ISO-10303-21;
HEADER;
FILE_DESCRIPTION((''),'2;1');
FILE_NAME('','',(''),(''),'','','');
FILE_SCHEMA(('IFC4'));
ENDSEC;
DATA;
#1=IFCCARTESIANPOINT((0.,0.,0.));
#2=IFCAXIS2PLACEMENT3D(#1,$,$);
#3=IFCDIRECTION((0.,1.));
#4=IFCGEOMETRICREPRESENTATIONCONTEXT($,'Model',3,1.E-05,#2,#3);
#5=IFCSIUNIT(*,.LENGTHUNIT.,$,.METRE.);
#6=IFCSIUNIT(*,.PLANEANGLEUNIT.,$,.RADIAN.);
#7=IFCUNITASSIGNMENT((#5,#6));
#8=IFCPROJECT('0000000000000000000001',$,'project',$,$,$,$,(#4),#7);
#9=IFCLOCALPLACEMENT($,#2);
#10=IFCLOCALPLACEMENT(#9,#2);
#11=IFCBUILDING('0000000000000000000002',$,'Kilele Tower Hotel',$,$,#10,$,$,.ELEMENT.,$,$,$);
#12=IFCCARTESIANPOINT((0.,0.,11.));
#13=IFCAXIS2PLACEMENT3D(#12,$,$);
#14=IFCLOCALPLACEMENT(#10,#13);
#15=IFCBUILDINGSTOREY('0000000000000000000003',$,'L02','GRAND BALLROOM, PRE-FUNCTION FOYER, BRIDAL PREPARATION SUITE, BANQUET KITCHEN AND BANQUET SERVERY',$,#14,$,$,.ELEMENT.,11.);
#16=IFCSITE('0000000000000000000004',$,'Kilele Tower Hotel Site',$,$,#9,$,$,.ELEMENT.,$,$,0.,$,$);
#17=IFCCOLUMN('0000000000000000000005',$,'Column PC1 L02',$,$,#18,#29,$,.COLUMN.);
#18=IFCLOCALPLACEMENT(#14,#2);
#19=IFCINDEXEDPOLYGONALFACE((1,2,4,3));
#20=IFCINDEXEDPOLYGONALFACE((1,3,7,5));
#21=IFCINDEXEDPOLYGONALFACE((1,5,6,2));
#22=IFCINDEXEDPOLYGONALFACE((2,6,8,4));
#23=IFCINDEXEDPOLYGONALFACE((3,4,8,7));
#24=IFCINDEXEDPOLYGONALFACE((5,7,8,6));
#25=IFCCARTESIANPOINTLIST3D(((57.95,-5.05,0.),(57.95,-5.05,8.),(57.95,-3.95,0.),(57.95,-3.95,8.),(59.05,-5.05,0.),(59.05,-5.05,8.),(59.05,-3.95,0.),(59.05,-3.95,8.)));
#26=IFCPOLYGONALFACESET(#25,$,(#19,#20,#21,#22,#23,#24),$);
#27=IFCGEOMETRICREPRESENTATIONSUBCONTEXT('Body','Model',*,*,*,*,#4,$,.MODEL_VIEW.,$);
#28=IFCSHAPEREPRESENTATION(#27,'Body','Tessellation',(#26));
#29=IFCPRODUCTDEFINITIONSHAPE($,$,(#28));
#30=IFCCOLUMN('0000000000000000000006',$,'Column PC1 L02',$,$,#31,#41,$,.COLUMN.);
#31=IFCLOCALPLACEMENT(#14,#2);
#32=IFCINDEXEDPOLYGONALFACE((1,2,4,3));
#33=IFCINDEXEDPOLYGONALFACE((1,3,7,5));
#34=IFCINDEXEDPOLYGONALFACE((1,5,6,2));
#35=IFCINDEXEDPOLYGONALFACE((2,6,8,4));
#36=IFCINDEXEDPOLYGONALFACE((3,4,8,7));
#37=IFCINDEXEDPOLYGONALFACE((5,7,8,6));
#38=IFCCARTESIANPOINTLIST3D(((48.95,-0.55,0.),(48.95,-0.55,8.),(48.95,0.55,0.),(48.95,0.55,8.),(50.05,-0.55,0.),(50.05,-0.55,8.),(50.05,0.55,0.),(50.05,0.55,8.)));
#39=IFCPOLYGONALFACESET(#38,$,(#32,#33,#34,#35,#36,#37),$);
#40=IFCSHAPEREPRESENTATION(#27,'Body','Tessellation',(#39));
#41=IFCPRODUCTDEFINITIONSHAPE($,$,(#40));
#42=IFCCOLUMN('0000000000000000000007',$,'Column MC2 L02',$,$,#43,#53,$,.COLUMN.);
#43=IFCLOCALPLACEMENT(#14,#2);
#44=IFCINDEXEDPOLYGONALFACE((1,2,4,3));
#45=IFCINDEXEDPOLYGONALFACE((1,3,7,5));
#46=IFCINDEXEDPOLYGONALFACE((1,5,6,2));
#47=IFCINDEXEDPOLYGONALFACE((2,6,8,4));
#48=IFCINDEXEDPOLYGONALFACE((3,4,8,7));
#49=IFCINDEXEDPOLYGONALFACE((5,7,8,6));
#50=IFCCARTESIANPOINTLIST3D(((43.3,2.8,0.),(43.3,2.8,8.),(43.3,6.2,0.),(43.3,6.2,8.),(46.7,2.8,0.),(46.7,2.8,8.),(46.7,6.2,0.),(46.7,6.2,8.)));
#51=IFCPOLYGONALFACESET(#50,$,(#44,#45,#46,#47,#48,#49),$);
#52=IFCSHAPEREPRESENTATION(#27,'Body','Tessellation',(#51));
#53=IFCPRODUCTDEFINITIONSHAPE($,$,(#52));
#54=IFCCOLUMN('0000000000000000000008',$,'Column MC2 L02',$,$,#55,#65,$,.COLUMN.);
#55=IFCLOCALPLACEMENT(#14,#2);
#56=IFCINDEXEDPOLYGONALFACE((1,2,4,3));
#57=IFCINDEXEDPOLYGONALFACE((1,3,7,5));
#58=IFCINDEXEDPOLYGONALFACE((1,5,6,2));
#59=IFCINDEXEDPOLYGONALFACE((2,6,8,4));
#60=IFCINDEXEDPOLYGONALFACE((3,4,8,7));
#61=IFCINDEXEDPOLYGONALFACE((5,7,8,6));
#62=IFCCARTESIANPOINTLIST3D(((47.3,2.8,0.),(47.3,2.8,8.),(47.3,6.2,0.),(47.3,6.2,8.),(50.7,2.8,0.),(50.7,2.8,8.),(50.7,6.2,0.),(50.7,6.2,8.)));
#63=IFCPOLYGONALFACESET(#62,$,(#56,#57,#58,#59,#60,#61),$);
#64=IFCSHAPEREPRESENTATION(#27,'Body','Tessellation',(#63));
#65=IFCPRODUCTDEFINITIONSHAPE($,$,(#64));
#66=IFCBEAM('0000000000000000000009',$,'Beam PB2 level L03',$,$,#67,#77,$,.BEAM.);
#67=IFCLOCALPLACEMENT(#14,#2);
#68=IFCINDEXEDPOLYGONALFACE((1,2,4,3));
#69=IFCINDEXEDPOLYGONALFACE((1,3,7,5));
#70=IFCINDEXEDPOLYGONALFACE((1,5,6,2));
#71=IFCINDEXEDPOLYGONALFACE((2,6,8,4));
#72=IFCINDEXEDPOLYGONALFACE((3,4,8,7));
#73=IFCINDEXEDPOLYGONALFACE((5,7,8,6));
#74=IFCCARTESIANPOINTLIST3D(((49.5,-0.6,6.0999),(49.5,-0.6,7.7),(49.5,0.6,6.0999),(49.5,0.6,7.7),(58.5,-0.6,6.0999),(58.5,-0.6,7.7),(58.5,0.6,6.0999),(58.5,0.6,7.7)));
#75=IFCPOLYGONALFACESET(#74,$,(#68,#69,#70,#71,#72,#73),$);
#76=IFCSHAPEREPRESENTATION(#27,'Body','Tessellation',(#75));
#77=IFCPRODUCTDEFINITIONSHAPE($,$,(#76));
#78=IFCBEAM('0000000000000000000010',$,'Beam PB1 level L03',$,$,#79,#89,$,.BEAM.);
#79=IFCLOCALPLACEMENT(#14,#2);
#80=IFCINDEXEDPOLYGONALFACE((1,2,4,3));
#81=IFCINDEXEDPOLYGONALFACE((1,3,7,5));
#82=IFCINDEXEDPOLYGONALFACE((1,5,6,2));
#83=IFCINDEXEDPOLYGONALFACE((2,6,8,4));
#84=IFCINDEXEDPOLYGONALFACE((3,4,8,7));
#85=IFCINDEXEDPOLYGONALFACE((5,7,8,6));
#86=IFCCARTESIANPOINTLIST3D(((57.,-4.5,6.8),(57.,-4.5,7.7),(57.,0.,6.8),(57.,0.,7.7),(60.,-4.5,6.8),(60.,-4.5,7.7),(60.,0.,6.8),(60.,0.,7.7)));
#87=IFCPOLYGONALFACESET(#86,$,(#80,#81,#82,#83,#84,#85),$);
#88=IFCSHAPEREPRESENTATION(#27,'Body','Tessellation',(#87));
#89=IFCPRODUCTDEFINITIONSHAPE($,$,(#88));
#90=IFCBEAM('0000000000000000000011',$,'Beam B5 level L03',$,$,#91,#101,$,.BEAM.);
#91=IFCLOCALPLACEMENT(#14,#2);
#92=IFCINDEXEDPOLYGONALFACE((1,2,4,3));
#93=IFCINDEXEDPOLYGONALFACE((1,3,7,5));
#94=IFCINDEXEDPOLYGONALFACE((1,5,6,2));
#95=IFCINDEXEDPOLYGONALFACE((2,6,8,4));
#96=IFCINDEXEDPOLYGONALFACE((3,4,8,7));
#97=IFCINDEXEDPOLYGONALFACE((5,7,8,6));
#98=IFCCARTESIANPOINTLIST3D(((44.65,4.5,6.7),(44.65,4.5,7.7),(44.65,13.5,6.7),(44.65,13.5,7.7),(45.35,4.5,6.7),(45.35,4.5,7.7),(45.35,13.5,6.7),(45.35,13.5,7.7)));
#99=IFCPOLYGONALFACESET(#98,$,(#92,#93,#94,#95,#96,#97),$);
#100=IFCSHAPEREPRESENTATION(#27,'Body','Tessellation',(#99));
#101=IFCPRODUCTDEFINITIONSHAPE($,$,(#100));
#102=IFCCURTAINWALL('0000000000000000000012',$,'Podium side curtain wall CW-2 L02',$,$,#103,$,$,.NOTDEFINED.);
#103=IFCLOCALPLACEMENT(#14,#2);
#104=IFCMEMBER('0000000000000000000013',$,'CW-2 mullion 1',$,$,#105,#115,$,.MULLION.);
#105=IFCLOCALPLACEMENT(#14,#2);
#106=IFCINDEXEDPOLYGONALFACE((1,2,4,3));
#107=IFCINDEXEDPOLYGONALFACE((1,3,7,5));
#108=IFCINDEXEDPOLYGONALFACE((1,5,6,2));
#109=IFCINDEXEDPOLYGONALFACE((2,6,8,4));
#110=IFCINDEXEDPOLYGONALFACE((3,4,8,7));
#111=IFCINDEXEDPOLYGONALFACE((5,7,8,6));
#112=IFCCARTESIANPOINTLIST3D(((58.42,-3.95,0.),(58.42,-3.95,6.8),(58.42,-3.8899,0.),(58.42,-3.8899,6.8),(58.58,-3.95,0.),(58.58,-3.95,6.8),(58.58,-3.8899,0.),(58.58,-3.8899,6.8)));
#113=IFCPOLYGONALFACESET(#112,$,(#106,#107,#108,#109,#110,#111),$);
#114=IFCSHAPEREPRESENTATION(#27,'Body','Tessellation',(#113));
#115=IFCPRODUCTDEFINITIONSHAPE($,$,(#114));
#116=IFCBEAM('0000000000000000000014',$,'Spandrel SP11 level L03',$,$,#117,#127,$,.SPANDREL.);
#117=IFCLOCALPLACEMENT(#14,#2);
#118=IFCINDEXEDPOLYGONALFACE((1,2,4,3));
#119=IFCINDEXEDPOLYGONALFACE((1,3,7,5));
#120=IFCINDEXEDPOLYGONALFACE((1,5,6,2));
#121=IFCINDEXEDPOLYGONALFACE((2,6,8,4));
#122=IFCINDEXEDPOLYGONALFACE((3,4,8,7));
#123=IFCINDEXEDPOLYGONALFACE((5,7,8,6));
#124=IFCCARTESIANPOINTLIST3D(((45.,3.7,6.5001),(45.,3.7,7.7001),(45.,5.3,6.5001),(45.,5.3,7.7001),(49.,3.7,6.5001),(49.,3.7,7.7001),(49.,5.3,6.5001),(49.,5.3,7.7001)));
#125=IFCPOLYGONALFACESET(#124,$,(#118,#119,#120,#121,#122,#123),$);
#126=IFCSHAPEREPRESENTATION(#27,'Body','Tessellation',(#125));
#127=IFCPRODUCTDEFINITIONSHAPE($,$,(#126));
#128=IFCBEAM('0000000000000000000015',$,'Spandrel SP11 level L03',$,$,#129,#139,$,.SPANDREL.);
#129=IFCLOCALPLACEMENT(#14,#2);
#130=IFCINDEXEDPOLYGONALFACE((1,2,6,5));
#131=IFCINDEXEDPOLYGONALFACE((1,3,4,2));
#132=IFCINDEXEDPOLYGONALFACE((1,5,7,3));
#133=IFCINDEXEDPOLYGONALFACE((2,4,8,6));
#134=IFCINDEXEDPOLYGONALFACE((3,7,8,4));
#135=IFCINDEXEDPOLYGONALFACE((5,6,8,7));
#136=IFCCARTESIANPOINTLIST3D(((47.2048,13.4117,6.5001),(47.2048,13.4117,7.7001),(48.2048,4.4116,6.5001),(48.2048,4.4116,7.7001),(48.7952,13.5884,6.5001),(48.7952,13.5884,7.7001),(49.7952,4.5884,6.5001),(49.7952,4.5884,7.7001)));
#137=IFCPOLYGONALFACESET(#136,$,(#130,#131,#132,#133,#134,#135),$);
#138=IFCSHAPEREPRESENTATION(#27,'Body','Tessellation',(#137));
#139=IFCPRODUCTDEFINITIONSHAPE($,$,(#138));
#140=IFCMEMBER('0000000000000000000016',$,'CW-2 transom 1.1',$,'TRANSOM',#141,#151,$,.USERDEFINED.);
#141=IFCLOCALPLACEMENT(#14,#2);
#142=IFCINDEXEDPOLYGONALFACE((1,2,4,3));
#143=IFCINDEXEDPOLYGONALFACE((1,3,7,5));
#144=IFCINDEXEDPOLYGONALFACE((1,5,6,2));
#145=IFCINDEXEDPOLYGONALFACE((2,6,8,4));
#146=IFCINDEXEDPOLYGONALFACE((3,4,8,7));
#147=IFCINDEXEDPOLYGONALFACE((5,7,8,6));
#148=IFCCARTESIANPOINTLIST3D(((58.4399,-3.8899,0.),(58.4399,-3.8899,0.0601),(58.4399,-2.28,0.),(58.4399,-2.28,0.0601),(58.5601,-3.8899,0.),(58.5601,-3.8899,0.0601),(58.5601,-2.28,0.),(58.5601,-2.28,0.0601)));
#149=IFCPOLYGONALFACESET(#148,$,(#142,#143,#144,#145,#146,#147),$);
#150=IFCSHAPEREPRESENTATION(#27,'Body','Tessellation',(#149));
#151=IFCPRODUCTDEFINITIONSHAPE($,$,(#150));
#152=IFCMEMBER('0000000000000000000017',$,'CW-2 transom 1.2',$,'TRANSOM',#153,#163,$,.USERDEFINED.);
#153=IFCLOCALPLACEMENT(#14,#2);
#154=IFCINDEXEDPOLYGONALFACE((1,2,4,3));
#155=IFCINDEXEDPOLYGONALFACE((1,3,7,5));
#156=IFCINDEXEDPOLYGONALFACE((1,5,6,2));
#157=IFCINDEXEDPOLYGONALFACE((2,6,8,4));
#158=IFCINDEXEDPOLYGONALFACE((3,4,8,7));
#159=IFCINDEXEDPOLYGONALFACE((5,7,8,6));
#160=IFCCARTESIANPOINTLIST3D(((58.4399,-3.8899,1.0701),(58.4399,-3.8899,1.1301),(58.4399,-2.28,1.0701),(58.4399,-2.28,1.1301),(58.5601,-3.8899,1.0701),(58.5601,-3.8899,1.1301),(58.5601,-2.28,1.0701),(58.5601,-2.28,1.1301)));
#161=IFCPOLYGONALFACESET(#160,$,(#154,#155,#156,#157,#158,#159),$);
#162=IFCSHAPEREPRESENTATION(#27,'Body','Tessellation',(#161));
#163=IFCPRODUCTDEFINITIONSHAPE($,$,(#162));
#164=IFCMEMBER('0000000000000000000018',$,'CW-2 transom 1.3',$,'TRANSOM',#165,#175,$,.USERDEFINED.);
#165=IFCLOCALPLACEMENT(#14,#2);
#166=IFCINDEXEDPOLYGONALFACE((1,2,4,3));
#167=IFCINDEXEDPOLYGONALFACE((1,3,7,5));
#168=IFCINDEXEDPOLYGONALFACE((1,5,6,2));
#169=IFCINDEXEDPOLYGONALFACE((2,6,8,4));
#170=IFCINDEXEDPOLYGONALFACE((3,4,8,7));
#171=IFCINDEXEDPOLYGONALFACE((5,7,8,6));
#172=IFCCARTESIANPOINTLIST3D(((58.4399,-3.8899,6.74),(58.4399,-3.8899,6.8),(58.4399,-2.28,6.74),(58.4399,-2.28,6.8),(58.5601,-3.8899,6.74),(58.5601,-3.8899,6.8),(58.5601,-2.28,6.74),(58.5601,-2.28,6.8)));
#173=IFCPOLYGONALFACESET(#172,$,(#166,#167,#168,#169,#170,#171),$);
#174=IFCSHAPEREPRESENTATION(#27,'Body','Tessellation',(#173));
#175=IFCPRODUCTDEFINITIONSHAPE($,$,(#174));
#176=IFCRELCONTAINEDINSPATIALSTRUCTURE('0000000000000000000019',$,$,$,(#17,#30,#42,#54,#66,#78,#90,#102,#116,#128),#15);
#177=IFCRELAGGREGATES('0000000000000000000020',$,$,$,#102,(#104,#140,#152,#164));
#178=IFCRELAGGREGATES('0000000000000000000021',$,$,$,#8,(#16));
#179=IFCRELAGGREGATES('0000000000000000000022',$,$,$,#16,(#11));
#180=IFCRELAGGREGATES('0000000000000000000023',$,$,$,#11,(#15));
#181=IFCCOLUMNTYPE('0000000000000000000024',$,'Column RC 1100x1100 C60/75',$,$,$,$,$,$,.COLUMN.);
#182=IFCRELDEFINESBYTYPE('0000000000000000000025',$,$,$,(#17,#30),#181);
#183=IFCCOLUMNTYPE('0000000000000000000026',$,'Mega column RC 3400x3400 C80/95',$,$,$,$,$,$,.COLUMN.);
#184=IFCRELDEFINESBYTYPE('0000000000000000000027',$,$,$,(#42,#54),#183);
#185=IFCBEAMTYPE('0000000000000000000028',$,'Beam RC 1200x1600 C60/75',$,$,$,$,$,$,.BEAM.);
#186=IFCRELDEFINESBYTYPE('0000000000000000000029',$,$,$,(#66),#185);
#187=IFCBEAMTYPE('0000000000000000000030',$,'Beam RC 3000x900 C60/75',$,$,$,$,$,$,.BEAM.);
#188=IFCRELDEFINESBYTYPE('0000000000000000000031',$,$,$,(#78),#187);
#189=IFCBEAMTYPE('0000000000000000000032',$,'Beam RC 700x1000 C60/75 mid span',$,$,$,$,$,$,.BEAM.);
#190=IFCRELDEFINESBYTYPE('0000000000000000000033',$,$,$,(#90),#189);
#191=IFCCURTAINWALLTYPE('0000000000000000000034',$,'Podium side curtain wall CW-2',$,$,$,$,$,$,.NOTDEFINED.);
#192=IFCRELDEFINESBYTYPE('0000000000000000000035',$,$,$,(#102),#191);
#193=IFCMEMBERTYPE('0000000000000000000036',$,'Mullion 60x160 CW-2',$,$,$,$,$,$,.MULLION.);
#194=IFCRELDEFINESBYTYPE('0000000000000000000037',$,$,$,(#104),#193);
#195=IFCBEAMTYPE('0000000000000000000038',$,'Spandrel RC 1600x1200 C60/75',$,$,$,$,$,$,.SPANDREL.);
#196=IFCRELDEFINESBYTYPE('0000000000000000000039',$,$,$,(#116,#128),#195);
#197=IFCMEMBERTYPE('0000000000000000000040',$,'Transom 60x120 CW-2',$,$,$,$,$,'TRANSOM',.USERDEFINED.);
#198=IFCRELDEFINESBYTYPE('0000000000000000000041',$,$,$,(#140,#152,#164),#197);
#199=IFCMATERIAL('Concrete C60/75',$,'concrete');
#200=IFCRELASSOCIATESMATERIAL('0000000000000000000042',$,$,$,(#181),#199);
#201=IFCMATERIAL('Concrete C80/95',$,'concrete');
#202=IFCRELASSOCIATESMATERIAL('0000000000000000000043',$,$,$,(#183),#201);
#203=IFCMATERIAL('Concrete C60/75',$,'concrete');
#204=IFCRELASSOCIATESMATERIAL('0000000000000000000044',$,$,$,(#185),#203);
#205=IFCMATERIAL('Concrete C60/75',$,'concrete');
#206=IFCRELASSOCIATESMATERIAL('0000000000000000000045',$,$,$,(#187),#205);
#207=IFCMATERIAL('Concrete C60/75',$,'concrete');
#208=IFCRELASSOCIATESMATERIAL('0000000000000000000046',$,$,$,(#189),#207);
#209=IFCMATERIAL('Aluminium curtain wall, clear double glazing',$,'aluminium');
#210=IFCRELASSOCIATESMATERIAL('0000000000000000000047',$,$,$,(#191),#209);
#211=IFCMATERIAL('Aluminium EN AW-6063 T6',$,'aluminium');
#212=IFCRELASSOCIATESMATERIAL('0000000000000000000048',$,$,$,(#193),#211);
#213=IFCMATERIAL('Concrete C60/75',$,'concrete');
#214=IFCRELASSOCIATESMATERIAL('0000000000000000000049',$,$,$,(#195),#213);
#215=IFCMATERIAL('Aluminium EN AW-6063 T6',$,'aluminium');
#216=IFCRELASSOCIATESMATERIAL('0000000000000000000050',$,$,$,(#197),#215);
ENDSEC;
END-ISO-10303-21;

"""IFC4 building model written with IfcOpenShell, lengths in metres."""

from ifc_helpers import new_model, si_unit, direction, frame, origin, origin_2d, place, context, subcontext, project, spatial, rectangle, extrude, material, material_profile, profile_set, type_object, element, aggregate, save


model = new_model("IFC4")

# Units and contexts
model_context = context("Model", 3, precision=1e-05, world=origin(), true_north=direction((0.0, 1.0)))
body_context = subcontext(model_context, "Body", "Model", "MODEL_VIEW")
ifc_project = project(units=[si_unit("LENGTHUNIT", "METRE"), si_unit("PLANEANGLEUNIT", "RADIAN")], contexts=[model_context])

# Site, building, storey
site_placement = place(None, origin())
site = spatial("IfcSite", under=ifc_project, at=site_placement, Name="Kilele Tower Hotel Site", CompositionType="ELEMENT", RefElevation=0.0)
building_placement = place(site_placement, origin())
building = spatial("IfcBuilding", under=site, at=building_placement, Name="Kilele Tower Hotel", CompositionType="ELEMENT")
storey_placement = place(building_placement, frame((0.0, 0.0, 11.0)))
storey = spatial("IfcBuildingStorey", under=building, at=storey_placement, Name="L02", Description="GRAND BALLROOM, PRE-FUNCTION FOYER, BRIDAL PREPARATION SUITE, BANQUET KITCHEN AND BANQUET SERVERY", CompositionType="ELEMENT", Elevation=11.0)

# Columns
ifc_material_1 = material(Name="Concrete C60/75", Category="concrete")
ifc_material_profile_1 = material_profile(ifc_material_1, rectangle(XDim=1.1001, YDim=1.1001, at=origin_2d()))
ifc_profile_set_1 = profile_set([ifc_material_profile_1], Name="Concrete C60/75")
column_type_1 = type_object("IfcColumnType", Name="Column RC 1100x1100 C60/75", PredefinedType="COLUMN", material=ifc_profile_set_1)
for number, where, z_axis, x_axis, name in (
    (1, (58.5, -4.5, 0.0), (0.0, 0.0, 1.0), (1.0, 0.0, 0.0), "Column PC1 L02"),
    (2, (49.5, 0.0, 0.0), (0.0, 0.0, 1.0), (1.0, 0.0, 0.0), "Column PC1 L02"),
):
    element("IfcColumn", number, at=place(storey_placement, frame(where, z_axis=z_axis, x_axis=x_axis)), inside=storey, type_object=column_type_1, Name=name, PredefinedType="COLUMN", context=body_context, shape_type="SweptSolid", body=[
        extrude(rectangle(XDim=1.1001, YDim=1.1001, at=origin_2d()), origin(), (0.0, 0.0, 1.0), 8.0),
    ])
ifc_material_2 = material(Name="Concrete C80/95", Category="concrete")
ifc_material_profile_2 = material_profile(ifc_material_2, rectangle(XDim=3.3999, YDim=3.3999, at=origin_2d()))
ifc_profile_set_2 = profile_set([ifc_material_profile_2], Name="Concrete C80/95")
column_type_2 = type_object("IfcColumnType", Name="Mega column RC 3400x3400 C80/95", PredefinedType="COLUMN", material=ifc_profile_set_2)
for number, where, z_axis, x_axis, name in (
    (3, (45.0, 4.5, 0.0), (0.0, 0.0, 1.0), (1.0, 0.0, 0.0), "Column MC2 L02"),
    (4, (49.0, 4.5, 0.0), (0.0, 0.0, 1.0), (1.0, 0.0, 0.0), "Column MC2 L02"),
):
    element("IfcColumn", number, at=place(storey_placement, frame(where, z_axis=z_axis, x_axis=x_axis)), inside=storey, type_object=column_type_2, Name=name, PredefinedType="COLUMN", context=body_context, shape_type="SweptSolid", body=[
        extrude(rectangle(XDim=3.3999, YDim=3.3999, at=origin_2d()), origin(), (0.0, 0.0, 1.0), 8.0),
    ])

# Beams
ifc_material_3 = material(Name="Concrete C60/75", Category="concrete")
ifc_material_profile_3 = material_profile(ifc_material_3, rectangle(XDim=1.2, YDim=1.6001, at=origin_2d()))
ifc_profile_set_3 = profile_set([ifc_material_profile_3], Name="Concrete C60/75")
beam_type_1 = type_object("IfcBeamType", Name="Beam RC 1200x1600 C60/75", PredefinedType="BEAM", material=ifc_profile_set_3)
beam_1_placement = place(storey_placement, frame((49.5, 0.0, 6.8999), z_axis=(1.0, 0.0, 0.0), x_axis=(0.0, 1.0, 0.0)))
element("IfcBeam", 5, at=beam_1_placement, inside=storey, type_object=beam_type_1, Name="Beam PB2 level L03", PredefinedType="BEAM", context=body_context, shape_type="SweptSolid", body=[
    extrude(rectangle(XDim=1.2, YDim=1.6001, at=origin_2d()), origin(), (0.0, 0.0, 1.0), 9.0),
])
ifc_material_4 = material(Name="Concrete C60/75", Category="concrete")
ifc_material_profile_4 = material_profile(ifc_material_4, rectangle(XDim=3.0, YDim=0.8999, at=origin_2d()))
ifc_profile_set_4 = profile_set([ifc_material_profile_4], Name="Concrete C60/75")
beam_type_2 = type_object("IfcBeamType", Name="Beam RC 3000x900 C60/75", PredefinedType="BEAM", material=ifc_profile_set_4)
beam_2_placement = place(storey_placement, frame((58.5, -4.5, 7.25), z_axis=(0.0, 1.0, 0.0), x_axis=(-1.0, 0.0, 0.0)))
element("IfcBeam", 6, at=beam_2_placement, inside=storey, type_object=beam_type_2, Name="Beam PB1 level L03", PredefinedType="BEAM", context=body_context, shape_type="SweptSolid", body=[
    extrude(rectangle(XDim=3.0, YDim=0.8999, at=origin_2d()), origin(), (0.0, 0.0, 1.0), 4.5),
])
ifc_material_5 = material(Name="Concrete C60/75", Category="concrete")
ifc_material_profile_5 = material_profile(ifc_material_5, rectangle(XDim=0.7, YDim=1.0, at=origin_2d()))
ifc_profile_set_5 = profile_set([ifc_material_profile_5], Name="Concrete C60/75")
beam_type_3 = type_object("IfcBeamType", Name="Beam RC 700x1000 C60/75 mid span", PredefinedType="BEAM", material=ifc_profile_set_5)
beam_3_placement = place(storey_placement, frame((45.0, 4.5, 7.2), z_axis=(0.0, 1.0, 0.0), x_axis=(-1.0, 0.0, 0.0)))
element("IfcBeam", 7, at=beam_3_placement, inside=storey, type_object=beam_type_3, Name="Beam B5 level L03", PredefinedType="BEAM", context=body_context, shape_type="SweptSolid", body=[
    extrude(rectangle(XDim=0.7, YDim=1.0, at=origin_2d()), origin(), (0.0, 0.0, 1.0), 9.0),
])

# Curtain wall, member
ifc_material_6 = material(Name="Aluminium curtain wall, clear double glazing", Category="aluminium")
curtain_wall_type = type_object("IfcCurtainWallType", Name="Podium side curtain wall CW-2", PredefinedType="NOTDEFINED", material=ifc_material_6)
curtain_wall_placement = place(storey_placement, origin())
curtain_wall = element("IfcCurtainWall", 8, at=curtain_wall_placement, inside=storey, type_object=curtain_wall_type, Name="Podium side curtain wall CW-2 L02", PredefinedType="NOTDEFINED")
ifc_material_7 = material(Name="Aluminium EN AW-6063 T6", Category="aluminium")
ifc_material_profile_6 = material_profile(ifc_material_7, rectangle(XDim=0.1599, YDim=0.0601, at=origin_2d()))
ifc_profile_set_6 = profile_set([ifc_material_profile_6], Name="Aluminium EN AW-6063 T6")
member_type_1 = type_object("IfcMemberType", Name="Mullion 60x160 CW-2", PredefinedType="MULLION", material=ifc_profile_set_6)
member_1_placement = place(storey_placement, frame((58.5, -3.9199, 0.0), z_axis=(0.0, 0.0, 1.0), x_axis=(-1.0, 0.0, 0.0)))
member_1 = element("IfcMember", 9, at=member_1_placement, type_object=member_type_1, Name="CW-2 mullion 1", PredefinedType="MULLION", context=body_context, shape_type="SweptSolid", body=[
    extrude(rectangle(XDim=0.1599, YDim=0.0601, at=origin_2d()), origin(), (0.0, 0.0, 1.0), 6.8),
])

# Beams
ifc_material_8 = material(Name="Concrete C60/75", Category="concrete")
ifc_material_profile_7 = material_profile(ifc_material_8, rectangle(XDim=1.6001, YDim=1.2, at=origin_2d()))
ifc_profile_set_7 = profile_set([ifc_material_profile_7], Name="Concrete C60/75")
beam_type_4 = type_object("IfcBeamType", Name="Spandrel RC 1600x1200 C60/75", PredefinedType="SPANDREL", material=ifc_profile_set_7)
beam_4_placement = place(storey_placement, frame((45.0, 4.5, 7.1001), z_axis=(1.0, 0.0, 0.0), x_axis=(0.0, 1.0, 0.0)))
element("IfcBeam", 10, at=beam_4_placement, inside=storey, type_object=beam_type_4, Name="Spandrel SP11 level L03", PredefinedType="SPANDREL", context=body_context, shape_type="SweptSolid", body=[
    extrude(rectangle(XDim=1.6001, YDim=1.2, at=origin_2d()), origin(), (0.0, 0.0, 1.0), 4.0),
])
beam_5_placement = place(storey_placement, frame((49.0, 4.5, 7.1001), z_axis=(-0.110432, 0.993884, 0.0), x_axis=(-0.993884, -0.110432, 0.0)))
element("IfcBeam", 11, at=beam_5_placement, inside=storey, type_object=beam_type_4, Name="Spandrel SP11 level L03", PredefinedType="SPANDREL", context=body_context, shape_type="SweptSolid", body=[
    extrude(rectangle(XDim=1.6001, YDim=1.2, at=origin_2d()), origin(), (0.0, 0.0, 1.0), 9.0554),
])

# Members
ifc_material_9 = material(Name="Aluminium EN AW-6063 T6", Category="aluminium")
ifc_material_profile_8 = material_profile(ifc_material_9, rectangle(XDim=0.1201, YDim=0.0601, at=origin_2d()))
ifc_profile_set_8 = profile_set([ifc_material_profile_8], Name="Aluminium EN AW-6063 T6")
member_type_2 = type_object("IfcMemberType", Name="Transom 60x120 CW-2", ElementType="TRANSOM", PredefinedType="USERDEFINED", material=ifc_profile_set_8)
member_2_placement = place(storey_placement, frame((58.5, -3.8899, 0.03), z_axis=(0.0, 1.0, 0.0), x_axis=(-1.0, 0.0, 0.0)))
member_2 = element("IfcMember", 12, at=member_2_placement, type_object=member_type_2, Name="CW-2 transom 1.1", ObjectType="TRANSOM", PredefinedType="USERDEFINED", context=body_context, shape_type="SweptSolid", body=[
    extrude(rectangle(XDim=0.1201, YDim=0.0601, at=origin_2d()), origin(), (0.0, 0.0, 1.0), 1.6099),
])
member_3_placement = place(storey_placement, frame((58.5, -3.8899, 1.1001), z_axis=(0.0, 1.0, 0.0), x_axis=(-1.0, 0.0, 0.0)))
member_3 = element("IfcMember", 13, at=member_3_placement, type_object=member_type_2, Name="CW-2 transom 1.2", ObjectType="TRANSOM", PredefinedType="USERDEFINED", context=body_context, shape_type="SweptSolid", body=[
    extrude(rectangle(XDim=0.1201, YDim=0.0601, at=origin_2d()), origin(), (0.0, 0.0, 1.0), 1.6099),
])
member_4_placement = place(storey_placement, frame((58.5, -3.8899, 6.77), z_axis=(0.0, 1.0, 0.0), x_axis=(-1.0, 0.0, 0.0)))
member_4 = element("IfcMember", 14, at=member_4_placement, type_object=member_type_2, Name="CW-2 transom 1.3", ObjectType="TRANSOM", PredefinedType="USERDEFINED", context=body_context, shape_type="SweptSolid", body=[
    extrude(rectangle(XDim=0.1201, YDim=0.0601, at=origin_2d()), origin(), (0.0, 0.0, 1.0), 1.6099),
])
aggregate(curtain_wall, [member_1, member_2, member_3, member_4])

save(model, "model.ifc")
